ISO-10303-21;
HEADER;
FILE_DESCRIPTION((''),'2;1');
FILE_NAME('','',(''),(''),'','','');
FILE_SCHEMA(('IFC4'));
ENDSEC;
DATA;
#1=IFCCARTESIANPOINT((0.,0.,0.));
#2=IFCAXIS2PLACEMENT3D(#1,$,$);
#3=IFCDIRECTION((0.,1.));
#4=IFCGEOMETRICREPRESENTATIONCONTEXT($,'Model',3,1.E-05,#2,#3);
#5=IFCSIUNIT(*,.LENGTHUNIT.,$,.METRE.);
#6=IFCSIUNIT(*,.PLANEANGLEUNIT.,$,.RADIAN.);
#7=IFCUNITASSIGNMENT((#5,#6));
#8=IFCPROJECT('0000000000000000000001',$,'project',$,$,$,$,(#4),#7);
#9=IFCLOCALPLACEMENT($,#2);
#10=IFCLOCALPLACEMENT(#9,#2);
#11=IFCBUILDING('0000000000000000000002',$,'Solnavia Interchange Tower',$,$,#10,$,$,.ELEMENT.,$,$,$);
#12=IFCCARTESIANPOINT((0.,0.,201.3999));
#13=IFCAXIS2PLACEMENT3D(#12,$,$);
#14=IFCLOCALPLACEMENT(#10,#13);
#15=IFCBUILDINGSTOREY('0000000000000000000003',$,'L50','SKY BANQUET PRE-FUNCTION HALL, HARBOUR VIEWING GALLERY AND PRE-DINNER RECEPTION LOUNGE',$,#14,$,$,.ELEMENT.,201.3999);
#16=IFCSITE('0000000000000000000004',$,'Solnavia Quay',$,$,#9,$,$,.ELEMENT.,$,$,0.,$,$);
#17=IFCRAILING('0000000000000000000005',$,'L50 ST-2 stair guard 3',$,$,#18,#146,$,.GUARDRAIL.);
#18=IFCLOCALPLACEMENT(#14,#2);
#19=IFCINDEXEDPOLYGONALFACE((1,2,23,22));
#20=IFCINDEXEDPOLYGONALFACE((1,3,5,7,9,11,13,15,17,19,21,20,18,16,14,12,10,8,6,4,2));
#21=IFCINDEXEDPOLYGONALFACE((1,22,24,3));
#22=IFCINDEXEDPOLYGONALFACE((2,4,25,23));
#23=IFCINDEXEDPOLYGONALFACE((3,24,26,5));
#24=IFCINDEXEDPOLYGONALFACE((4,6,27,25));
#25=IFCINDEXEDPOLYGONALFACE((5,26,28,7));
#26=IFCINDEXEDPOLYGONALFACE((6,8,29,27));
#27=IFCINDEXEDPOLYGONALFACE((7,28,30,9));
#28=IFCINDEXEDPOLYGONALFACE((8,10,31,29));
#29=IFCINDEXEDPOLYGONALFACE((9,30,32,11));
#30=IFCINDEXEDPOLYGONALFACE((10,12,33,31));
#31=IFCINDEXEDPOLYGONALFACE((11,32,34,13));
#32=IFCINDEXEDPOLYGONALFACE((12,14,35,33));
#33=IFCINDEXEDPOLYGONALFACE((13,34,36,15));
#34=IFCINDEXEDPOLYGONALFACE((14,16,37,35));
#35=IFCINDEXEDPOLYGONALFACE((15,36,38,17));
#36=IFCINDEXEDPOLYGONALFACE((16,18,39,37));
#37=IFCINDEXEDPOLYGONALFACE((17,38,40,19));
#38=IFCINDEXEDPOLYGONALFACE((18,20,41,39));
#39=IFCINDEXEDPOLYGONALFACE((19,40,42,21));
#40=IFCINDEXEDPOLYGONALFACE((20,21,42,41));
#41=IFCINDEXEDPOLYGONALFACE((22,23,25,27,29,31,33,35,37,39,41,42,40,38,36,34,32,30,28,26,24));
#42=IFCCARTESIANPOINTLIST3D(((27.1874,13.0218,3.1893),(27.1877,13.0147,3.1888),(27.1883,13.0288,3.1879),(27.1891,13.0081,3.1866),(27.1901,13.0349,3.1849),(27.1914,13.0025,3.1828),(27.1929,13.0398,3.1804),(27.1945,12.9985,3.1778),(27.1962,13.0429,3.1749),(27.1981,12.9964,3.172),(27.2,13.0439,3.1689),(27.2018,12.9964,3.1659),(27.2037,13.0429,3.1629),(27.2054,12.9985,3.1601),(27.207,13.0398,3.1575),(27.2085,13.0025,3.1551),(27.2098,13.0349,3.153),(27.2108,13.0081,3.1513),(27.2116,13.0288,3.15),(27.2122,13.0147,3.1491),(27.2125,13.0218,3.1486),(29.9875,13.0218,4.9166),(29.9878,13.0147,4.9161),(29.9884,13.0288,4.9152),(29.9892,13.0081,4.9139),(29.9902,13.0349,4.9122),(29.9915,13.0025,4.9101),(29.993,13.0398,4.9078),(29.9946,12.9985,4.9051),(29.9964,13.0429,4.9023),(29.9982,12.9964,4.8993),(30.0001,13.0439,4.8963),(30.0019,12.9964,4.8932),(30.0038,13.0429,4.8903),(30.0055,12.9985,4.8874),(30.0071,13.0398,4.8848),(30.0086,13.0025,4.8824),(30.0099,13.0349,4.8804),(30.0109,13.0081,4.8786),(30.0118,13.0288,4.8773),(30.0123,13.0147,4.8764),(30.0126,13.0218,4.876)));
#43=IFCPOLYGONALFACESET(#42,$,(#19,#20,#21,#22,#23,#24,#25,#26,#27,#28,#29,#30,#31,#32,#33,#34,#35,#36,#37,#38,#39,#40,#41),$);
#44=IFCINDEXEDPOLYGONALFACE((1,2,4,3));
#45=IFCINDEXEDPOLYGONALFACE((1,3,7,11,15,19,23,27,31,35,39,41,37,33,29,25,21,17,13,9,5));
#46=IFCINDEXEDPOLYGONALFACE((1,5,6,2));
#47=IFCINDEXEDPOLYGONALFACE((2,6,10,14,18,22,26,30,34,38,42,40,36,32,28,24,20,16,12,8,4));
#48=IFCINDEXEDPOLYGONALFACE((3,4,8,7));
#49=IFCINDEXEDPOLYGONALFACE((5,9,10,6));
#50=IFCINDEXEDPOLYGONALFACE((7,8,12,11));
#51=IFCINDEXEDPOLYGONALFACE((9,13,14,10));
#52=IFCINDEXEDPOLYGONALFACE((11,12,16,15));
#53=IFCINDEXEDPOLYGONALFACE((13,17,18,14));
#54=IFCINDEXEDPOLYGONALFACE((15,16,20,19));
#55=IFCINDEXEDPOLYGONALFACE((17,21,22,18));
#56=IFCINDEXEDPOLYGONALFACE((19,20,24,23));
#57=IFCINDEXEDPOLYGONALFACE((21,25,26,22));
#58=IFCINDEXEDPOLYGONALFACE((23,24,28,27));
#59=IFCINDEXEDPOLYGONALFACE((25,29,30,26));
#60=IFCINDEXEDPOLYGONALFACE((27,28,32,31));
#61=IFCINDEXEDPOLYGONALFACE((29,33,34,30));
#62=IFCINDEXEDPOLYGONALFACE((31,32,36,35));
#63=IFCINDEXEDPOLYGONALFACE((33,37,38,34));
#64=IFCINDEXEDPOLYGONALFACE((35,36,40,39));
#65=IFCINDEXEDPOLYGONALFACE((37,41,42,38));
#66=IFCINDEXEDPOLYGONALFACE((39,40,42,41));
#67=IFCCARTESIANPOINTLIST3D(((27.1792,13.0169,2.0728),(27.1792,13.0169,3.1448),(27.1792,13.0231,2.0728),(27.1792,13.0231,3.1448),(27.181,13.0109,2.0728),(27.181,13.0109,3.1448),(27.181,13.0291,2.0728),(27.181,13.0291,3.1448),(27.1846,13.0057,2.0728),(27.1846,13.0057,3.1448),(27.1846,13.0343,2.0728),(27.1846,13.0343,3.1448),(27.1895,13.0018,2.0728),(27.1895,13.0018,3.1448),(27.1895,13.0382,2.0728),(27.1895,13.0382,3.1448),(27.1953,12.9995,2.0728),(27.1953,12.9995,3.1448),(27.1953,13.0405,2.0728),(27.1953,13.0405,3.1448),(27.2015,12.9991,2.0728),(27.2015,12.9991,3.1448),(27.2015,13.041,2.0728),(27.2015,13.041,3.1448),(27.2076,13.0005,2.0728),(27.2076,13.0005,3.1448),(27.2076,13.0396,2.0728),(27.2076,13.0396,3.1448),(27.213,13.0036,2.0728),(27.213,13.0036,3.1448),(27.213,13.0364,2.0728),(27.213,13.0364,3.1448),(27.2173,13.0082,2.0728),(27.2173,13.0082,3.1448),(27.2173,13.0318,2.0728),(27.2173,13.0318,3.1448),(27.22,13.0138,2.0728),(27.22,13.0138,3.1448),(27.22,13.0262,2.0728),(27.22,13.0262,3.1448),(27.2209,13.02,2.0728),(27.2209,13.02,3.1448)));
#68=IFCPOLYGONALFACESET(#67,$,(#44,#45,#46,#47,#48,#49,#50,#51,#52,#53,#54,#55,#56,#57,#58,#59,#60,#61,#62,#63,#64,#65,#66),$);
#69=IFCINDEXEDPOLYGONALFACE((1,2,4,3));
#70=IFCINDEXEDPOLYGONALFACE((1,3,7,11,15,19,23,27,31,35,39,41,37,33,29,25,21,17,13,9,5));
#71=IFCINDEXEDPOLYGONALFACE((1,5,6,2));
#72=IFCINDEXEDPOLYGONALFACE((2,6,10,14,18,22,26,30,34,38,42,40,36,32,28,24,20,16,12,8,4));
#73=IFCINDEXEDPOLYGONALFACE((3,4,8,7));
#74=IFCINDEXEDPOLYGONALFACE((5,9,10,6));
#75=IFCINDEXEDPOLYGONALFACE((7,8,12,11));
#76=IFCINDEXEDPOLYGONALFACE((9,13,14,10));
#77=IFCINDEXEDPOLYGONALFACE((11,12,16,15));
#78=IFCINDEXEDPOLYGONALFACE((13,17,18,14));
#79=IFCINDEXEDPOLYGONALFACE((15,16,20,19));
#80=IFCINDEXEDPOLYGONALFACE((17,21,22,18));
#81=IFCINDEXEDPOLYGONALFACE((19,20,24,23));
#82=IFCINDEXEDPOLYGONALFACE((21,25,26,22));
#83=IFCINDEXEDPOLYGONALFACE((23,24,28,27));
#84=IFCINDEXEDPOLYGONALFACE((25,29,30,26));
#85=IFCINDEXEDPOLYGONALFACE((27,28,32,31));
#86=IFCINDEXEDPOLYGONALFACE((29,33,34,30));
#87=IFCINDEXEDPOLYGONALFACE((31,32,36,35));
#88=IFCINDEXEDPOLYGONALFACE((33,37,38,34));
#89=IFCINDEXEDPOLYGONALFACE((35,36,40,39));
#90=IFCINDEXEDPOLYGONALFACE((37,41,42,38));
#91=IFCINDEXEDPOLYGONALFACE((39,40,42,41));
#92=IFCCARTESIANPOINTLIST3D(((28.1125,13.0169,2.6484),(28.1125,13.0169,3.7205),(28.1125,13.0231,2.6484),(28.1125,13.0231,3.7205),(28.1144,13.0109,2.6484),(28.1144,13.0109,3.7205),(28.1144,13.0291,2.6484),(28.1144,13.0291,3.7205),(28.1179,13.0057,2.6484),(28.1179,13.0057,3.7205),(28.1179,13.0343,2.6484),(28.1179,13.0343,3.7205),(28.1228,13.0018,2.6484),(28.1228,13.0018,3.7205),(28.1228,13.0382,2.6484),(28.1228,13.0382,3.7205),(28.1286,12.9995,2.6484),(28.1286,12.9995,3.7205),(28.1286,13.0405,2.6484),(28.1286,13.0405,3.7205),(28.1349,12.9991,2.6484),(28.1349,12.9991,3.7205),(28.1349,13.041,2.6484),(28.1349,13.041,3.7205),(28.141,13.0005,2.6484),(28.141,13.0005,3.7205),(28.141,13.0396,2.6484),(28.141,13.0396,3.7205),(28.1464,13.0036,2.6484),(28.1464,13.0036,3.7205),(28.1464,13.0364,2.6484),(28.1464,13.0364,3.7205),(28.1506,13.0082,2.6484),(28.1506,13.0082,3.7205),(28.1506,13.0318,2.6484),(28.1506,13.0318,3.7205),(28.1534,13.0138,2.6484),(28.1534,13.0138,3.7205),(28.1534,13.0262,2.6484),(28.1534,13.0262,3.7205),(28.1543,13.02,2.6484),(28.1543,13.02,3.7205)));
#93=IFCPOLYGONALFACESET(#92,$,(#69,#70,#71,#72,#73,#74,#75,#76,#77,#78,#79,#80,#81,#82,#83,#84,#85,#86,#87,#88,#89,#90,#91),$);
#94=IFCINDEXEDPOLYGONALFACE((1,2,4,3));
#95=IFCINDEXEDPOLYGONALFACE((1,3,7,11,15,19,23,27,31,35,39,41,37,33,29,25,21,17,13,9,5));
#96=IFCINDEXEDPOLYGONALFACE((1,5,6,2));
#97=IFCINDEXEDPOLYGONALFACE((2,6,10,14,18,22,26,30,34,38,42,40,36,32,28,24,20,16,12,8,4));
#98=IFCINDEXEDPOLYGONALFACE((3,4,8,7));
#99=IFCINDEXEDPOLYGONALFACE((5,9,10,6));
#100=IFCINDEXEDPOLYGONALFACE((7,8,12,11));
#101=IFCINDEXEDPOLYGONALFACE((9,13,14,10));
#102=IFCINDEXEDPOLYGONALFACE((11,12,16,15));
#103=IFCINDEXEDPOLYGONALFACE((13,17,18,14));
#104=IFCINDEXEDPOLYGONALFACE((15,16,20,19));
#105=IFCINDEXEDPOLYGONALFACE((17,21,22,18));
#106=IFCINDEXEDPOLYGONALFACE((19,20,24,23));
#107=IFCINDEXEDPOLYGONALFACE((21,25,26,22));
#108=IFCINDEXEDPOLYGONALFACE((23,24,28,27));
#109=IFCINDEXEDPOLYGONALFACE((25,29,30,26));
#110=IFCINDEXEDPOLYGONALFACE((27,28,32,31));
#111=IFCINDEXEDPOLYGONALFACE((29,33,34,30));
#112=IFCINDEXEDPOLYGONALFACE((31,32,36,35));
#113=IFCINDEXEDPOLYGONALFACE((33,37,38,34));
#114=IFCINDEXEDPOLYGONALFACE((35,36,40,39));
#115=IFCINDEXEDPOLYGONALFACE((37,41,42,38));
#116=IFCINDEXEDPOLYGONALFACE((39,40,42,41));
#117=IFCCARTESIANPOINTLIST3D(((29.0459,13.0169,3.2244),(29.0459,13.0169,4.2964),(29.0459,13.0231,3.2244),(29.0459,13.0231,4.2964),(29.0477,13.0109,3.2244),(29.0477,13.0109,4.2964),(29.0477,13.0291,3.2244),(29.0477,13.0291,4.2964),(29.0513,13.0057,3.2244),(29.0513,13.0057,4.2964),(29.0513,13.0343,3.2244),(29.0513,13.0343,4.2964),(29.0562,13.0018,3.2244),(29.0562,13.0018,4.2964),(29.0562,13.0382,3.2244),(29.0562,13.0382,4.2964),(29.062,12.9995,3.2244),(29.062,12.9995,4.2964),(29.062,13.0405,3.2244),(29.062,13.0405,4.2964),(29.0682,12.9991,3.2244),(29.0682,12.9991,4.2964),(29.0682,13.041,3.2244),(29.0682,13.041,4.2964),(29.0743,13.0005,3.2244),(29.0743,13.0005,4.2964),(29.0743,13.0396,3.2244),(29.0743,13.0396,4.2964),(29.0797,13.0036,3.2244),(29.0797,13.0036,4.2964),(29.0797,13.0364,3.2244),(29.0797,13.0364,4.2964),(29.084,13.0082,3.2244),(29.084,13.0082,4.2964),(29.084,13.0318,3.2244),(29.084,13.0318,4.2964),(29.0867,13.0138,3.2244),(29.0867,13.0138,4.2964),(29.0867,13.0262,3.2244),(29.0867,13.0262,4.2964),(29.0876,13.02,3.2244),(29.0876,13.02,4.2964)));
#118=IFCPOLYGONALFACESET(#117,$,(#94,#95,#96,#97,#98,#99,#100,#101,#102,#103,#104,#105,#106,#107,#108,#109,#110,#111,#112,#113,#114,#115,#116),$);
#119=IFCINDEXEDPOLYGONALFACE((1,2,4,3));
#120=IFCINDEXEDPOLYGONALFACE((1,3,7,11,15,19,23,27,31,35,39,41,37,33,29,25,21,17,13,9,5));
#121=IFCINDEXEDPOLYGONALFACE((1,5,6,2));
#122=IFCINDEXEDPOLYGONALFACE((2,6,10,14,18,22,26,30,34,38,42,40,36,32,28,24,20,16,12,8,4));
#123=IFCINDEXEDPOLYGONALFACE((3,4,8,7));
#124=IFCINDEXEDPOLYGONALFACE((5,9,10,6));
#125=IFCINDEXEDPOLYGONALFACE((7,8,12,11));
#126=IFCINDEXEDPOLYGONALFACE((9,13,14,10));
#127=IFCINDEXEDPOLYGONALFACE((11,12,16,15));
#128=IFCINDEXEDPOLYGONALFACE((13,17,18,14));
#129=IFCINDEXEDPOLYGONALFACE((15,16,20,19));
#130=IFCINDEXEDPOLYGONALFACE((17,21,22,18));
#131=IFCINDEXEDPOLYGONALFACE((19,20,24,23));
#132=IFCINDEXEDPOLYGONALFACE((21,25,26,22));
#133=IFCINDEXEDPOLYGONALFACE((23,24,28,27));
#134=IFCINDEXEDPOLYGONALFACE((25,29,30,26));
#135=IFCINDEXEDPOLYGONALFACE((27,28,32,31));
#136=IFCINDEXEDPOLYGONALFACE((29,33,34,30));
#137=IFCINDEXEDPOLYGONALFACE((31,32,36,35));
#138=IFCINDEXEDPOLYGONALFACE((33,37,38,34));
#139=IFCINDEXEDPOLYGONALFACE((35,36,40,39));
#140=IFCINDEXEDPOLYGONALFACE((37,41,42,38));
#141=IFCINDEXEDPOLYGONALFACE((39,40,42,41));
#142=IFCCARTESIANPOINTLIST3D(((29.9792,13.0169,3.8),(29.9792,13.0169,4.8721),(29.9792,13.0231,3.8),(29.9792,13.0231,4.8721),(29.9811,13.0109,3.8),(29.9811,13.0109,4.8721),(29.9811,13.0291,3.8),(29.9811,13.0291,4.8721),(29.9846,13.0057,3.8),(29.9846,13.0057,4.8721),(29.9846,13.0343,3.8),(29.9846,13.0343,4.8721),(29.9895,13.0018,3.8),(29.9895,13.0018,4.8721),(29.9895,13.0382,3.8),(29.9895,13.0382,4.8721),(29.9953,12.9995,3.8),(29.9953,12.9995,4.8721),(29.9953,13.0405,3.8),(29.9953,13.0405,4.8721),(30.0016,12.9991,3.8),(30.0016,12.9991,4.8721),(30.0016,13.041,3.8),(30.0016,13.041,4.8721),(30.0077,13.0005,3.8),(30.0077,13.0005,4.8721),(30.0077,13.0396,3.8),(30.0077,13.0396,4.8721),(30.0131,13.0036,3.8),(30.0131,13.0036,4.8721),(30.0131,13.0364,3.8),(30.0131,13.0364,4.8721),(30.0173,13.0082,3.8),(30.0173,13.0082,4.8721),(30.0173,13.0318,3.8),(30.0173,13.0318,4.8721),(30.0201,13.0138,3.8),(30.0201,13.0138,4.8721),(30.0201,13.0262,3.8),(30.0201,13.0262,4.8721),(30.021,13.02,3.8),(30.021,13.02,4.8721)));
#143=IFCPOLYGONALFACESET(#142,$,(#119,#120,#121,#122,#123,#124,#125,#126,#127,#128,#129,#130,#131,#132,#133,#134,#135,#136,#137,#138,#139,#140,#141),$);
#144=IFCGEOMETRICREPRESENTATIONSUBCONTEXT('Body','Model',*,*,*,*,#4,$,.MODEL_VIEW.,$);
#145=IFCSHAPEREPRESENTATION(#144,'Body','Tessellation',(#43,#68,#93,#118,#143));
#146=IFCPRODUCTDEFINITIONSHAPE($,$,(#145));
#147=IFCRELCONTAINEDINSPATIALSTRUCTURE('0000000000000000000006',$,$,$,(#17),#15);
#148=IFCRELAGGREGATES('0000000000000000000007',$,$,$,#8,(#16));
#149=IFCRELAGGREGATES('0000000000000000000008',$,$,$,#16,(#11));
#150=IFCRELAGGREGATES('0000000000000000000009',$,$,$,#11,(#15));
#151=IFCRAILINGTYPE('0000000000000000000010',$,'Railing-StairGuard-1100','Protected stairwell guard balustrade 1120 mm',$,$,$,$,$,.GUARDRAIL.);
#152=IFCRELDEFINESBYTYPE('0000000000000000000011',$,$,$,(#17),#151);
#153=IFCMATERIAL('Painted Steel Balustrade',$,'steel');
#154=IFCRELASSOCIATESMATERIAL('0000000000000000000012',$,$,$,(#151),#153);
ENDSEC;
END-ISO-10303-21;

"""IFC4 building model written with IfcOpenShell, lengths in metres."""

from ifc_helpers import new_model, si_unit, direction, frame, origin, origin_2d, place, context, subcontext, project, spatial, circle, extrude, material, type_object, element, save


model = new_model("IFC4")

# Units and contexts
model_context = context("Model", 3, precision=1e-05, world=origin(), true_north=direction((0.0, 1.0)))
body_context = subcontext(model_context, "Body", "Model", "MODEL_VIEW")
ifc_project = project(units=[si_unit("LENGTHUNIT", "METRE"), si_unit("PLANEANGLEUNIT", "RADIAN")], contexts=[model_context])

# Site, building, storey
site_placement = place(None, origin())
site = spatial("IfcSite", under=ifc_project, at=site_placement, Name="Solnavia Quay", CompositionType="ELEMENT", RefElevation=0.0)
building_placement = place(site_placement, origin())
building = spatial("IfcBuilding", under=site, at=building_placement, Name="Solnavia Interchange Tower", CompositionType="ELEMENT")
storey_placement = place(building_placement, frame((0.0, 0.0, 201.3999)))
storey = spatial("IfcBuildingStorey", under=building, at=storey_placement, Name="L50", Description="SKY BANQUET PRE-FUNCTION HALL, HARBOUR VIEWING GALLERY AND PRE-DINNER RECEPTION LOUNGE", CompositionType="ELEMENT", Elevation=201.3999)

# Railing
ifc_material_1 = material(Name="Painted Steel Balustrade", Category="steel")
railing_type_1 = type_object("IfcRailingType", Name="Railing-StairGuard-1100", Description="Protected stairwell guard balustrade 1120 mm", PredefinedType="GUARDRAIL", material=ifc_material_1)
railing_1_placement = place(storey_placement, frame((27.2, 13.02, 2.0728)))
element("IfcRailing", 1, at=railing_1_placement, inside=storey, type_object=railing_type_1, Name="L50 ST-2 stair guard 3", PredefinedType="GUARDRAIL", context=body_context, shape_type="SweptSolid", body=[
    extrude(circle(Radius=0.0239, at=origin_2d()), frame((0.0, 0.0, 1.0962), z_axis=(0.85109, 0.0, 0.52502), x_axis=(0.0, 1.0, 0.0)), (0.0, 0.0, 1.0), 3.29),
    extrude(circle(Radius=0.021, at=origin_2d()), origin(), (0.0, 0.0, 1.0), 1.072),
    extrude(circle(Radius=0.021, at=origin_2d()), frame((0.9333, 0.0, 0.5757)), (0.0, 0.0, 1.0), 1.072),
    extrude(circle(Radius=0.021, at=origin_2d()), frame((1.8667, 0.0, 1.1516)), (0.0, 0.0, 1.0), 1.072),
    extrude(circle(Radius=0.021, at=origin_2d()), frame((2.8, 0.0, 1.7273)), (0.0, 0.0, 1.0), 1.072),
])

save(model, "model.ifc")
